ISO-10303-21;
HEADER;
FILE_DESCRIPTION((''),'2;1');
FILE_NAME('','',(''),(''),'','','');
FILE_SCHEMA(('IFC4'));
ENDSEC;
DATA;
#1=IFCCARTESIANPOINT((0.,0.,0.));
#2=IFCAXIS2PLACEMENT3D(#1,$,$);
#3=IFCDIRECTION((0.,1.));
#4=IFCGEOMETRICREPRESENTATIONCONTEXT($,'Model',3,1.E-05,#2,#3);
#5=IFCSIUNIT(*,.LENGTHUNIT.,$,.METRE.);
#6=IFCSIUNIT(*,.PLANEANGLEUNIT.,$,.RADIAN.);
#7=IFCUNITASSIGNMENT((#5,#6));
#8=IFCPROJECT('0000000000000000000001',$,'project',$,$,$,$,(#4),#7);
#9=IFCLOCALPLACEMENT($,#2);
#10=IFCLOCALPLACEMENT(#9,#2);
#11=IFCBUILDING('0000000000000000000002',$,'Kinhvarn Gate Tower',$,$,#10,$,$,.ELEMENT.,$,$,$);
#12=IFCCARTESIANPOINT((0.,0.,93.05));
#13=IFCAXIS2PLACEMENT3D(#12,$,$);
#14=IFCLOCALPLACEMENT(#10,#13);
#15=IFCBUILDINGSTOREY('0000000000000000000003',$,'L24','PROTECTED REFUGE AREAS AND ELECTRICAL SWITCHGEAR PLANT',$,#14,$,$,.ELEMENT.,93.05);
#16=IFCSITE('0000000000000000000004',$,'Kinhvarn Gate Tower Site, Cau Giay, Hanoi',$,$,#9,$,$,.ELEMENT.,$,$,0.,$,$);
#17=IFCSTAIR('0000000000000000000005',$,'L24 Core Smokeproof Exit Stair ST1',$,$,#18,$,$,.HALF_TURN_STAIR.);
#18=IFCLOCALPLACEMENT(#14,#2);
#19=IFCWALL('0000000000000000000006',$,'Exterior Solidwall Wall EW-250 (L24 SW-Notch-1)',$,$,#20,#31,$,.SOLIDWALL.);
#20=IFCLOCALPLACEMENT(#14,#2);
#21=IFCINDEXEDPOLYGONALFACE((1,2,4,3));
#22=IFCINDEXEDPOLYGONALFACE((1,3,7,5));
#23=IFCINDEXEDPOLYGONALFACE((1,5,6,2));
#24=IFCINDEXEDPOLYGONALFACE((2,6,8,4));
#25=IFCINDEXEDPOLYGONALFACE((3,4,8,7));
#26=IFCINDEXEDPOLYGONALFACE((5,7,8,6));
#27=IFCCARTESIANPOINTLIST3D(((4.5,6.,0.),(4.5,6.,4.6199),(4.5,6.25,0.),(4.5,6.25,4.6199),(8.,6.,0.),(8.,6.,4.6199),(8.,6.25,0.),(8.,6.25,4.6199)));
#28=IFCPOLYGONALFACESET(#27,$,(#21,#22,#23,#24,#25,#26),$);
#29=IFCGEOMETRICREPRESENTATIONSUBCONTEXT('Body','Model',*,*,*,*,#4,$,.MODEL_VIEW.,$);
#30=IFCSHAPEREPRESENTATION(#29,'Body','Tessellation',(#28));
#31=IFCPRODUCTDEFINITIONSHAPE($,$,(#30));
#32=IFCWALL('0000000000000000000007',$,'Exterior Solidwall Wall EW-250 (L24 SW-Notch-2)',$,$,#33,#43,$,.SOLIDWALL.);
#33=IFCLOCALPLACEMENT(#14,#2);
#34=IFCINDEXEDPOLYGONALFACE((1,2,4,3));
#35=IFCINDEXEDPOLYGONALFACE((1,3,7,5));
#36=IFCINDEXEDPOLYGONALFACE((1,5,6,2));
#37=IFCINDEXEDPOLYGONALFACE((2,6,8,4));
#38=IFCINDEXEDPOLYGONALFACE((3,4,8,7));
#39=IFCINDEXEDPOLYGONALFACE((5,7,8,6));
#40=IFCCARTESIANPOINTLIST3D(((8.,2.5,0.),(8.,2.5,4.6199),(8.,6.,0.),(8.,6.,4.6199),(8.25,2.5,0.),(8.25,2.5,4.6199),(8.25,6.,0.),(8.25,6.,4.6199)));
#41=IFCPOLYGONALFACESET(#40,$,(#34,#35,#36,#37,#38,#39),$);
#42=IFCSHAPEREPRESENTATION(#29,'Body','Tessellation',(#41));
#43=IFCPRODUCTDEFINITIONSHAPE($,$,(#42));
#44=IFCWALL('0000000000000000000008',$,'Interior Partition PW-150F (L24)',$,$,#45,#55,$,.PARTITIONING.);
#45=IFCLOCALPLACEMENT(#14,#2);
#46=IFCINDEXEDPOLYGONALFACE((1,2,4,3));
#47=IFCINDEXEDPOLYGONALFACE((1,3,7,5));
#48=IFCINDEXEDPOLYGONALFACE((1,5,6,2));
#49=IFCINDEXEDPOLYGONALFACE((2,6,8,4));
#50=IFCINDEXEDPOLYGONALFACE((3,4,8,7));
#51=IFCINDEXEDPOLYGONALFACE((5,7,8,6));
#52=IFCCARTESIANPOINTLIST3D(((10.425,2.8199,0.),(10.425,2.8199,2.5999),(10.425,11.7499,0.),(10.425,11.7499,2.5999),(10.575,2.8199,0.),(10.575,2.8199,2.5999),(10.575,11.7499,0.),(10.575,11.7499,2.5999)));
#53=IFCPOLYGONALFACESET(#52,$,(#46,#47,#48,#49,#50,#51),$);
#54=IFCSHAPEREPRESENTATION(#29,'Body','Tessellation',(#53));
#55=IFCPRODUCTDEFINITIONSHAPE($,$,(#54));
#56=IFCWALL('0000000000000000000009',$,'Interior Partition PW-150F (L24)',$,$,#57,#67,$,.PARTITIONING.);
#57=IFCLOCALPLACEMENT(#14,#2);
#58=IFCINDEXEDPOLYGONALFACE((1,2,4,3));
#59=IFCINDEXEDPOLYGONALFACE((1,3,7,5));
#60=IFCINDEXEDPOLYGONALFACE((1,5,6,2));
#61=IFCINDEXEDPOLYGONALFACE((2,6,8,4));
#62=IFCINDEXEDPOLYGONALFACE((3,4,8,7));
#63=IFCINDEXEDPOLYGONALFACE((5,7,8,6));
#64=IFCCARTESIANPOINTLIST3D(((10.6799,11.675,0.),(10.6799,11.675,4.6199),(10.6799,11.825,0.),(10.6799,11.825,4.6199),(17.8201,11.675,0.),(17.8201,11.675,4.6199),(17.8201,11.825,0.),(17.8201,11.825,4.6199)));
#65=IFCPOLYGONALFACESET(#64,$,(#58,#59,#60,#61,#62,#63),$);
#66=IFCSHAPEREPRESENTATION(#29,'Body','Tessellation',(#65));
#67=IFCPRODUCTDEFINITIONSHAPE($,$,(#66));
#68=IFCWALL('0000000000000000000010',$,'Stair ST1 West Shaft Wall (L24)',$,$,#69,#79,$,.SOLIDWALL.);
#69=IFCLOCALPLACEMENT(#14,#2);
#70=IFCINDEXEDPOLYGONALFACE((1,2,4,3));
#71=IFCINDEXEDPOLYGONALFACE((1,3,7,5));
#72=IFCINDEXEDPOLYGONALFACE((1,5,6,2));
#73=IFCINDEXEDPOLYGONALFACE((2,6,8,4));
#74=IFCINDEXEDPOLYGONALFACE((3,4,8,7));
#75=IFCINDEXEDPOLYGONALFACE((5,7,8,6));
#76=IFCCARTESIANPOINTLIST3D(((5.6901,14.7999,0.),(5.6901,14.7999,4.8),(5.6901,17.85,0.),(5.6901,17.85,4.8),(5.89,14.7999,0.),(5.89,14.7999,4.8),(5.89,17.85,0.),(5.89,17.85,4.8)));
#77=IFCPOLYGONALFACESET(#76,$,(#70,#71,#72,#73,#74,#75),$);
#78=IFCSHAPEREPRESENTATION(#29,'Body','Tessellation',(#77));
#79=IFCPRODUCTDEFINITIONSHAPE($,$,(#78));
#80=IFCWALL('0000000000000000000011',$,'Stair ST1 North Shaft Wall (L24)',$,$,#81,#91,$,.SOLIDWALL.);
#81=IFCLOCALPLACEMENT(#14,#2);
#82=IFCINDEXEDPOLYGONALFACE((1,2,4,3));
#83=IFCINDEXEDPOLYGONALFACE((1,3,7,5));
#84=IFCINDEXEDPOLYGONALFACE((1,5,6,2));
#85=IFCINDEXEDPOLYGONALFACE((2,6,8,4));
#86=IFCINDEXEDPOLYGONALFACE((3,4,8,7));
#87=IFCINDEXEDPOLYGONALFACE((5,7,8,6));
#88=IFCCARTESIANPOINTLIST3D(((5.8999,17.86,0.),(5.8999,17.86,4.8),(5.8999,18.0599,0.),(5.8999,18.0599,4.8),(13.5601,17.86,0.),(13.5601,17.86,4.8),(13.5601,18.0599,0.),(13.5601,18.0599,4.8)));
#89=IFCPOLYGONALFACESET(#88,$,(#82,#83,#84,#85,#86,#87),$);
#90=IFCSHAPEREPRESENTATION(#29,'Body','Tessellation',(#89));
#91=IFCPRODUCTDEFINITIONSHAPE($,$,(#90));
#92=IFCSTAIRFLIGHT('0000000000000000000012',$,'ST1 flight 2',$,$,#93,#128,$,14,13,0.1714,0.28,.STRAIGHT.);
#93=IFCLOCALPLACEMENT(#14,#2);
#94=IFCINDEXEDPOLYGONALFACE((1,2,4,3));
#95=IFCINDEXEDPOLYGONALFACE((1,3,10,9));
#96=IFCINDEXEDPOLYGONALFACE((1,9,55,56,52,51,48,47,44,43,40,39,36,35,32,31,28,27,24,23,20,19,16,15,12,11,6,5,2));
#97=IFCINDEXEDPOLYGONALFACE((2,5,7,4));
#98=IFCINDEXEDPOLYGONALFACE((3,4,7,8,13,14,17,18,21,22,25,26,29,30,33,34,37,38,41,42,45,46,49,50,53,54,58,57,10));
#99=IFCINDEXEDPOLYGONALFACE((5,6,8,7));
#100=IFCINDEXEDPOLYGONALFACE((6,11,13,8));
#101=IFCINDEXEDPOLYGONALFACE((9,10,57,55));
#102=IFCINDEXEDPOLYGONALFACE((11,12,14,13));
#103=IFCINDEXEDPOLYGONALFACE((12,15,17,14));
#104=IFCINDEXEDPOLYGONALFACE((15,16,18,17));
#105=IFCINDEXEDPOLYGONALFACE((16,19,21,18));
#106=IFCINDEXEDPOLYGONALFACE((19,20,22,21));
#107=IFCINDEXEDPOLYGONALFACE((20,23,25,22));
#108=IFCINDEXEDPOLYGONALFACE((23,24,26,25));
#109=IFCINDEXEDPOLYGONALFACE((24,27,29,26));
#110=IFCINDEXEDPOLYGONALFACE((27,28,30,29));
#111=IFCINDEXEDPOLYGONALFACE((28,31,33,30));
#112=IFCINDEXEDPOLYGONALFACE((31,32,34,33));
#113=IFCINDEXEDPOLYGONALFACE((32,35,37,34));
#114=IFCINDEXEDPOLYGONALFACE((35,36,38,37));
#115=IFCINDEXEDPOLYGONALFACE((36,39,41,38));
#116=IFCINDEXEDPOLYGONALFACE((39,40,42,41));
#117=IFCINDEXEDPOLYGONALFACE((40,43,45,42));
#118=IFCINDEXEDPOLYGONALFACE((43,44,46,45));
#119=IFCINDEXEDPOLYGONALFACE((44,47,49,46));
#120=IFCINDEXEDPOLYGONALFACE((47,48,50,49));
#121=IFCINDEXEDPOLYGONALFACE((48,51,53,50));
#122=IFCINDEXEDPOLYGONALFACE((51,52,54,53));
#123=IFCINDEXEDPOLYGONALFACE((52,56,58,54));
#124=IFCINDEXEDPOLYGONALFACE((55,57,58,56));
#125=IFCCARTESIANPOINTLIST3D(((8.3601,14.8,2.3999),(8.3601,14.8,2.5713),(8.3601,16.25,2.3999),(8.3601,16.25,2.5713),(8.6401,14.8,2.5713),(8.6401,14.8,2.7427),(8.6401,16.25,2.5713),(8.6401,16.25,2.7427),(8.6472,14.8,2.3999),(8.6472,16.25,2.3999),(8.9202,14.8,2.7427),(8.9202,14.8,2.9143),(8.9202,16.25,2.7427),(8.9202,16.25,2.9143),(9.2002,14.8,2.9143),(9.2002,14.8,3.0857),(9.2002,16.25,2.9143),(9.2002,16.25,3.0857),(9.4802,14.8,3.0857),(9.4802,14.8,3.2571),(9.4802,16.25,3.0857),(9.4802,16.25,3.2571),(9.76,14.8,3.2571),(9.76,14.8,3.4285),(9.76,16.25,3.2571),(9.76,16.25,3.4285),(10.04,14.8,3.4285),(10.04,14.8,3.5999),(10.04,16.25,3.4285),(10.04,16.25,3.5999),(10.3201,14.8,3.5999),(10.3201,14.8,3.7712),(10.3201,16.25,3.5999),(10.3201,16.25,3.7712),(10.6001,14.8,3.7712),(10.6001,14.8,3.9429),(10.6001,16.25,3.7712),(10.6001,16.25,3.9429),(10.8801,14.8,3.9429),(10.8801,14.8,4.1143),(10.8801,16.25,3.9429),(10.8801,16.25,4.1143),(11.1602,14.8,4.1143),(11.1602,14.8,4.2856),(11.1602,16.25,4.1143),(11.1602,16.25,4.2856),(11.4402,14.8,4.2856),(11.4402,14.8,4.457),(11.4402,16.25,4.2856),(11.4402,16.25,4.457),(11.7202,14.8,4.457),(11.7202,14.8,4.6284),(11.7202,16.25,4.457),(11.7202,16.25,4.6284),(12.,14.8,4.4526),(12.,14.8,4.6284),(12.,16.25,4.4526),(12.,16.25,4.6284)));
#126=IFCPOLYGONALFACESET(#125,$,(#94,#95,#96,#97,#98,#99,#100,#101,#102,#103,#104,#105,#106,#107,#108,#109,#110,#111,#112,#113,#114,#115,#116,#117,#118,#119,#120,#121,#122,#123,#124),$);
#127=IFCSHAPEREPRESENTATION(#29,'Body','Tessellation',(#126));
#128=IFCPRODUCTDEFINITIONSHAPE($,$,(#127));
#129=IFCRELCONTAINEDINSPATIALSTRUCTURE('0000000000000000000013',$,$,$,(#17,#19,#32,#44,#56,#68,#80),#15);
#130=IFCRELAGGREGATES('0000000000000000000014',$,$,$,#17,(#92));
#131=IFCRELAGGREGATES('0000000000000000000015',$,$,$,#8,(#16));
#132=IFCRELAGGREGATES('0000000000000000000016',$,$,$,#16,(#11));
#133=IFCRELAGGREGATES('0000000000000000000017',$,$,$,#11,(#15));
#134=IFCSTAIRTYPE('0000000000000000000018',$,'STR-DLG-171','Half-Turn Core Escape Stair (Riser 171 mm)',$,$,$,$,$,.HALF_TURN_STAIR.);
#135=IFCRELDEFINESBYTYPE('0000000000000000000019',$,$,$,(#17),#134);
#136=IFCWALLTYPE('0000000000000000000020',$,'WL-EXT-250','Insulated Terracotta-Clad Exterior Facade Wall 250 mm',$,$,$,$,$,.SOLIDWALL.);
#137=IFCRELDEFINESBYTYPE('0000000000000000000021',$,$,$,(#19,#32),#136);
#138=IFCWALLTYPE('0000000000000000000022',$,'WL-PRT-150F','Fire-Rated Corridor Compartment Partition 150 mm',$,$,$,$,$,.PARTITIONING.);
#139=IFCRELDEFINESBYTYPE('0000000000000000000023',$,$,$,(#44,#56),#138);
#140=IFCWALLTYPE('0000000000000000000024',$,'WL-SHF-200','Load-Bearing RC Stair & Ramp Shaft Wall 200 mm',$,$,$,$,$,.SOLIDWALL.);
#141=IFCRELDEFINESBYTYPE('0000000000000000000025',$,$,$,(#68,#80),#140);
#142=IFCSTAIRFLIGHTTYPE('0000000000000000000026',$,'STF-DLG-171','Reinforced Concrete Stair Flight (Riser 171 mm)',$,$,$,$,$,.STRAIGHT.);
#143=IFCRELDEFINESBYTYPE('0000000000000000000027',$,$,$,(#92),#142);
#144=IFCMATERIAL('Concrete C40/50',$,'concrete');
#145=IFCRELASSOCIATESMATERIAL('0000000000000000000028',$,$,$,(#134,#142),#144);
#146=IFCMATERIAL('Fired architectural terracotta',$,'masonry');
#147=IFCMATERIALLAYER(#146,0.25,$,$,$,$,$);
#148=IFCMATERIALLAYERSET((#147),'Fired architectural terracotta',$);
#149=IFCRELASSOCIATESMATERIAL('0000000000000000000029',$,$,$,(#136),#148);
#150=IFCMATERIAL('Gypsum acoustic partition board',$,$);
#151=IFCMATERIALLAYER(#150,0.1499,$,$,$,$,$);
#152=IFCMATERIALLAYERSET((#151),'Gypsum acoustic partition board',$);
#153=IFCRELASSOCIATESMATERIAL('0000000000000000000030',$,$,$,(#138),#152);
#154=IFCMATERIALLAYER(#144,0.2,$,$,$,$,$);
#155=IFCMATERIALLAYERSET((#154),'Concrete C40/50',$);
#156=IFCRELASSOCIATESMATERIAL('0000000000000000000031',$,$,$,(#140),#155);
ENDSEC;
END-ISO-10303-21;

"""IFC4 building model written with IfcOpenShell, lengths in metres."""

from ifc_helpers import new_model, si_unit, direction, frame, frame_2d, origin, place, context, subcontext, project, spatial, polyline, rectangle, outline, extrude, material, layer, layer_set, type_object, element, aggregate, save


model = new_model("IFC4")

# Units and contexts
model_context = context("Model", 3, precision=1e-05, world=origin(), true_north=direction((0.0, 1.0)))
body_context = subcontext(model_context, "Body", "Model", "MODEL_VIEW")
ifc_project = project(units=[si_unit("LENGTHUNIT", "METRE"), si_unit("PLANEANGLEUNIT", "RADIAN")], contexts=[model_context])

# Site, building, storey
site_placement = place(None, origin())
site = spatial("IfcSite", under=ifc_project, at=site_placement, Name="Kinhvarn Gate Tower Site, Cau Giay, Hanoi", CompositionType="ELEMENT", RefElevation=0.0)
building_placement = place(site_placement, origin())
building = spatial("IfcBuilding", under=site, at=building_placement, Name="Kinhvarn Gate Tower", CompositionType="ELEMENT")
storey_placement = place(building_placement, frame((0.0, 0.0, 93.05)))
storey = spatial("IfcBuildingStorey", under=building, at=storey_placement, Name="L24", Description="PROTECTED REFUGE AREAS AND ELECTRICAL SWITCHGEAR PLANT", CompositionType="ELEMENT", Elevation=93.05)

# Shared definitions
ifc_material_1 = material(Name="Fired architectural terracotta", Category="masonry")

# Stair
ifc_material_2 = material(Name="Concrete C40/50", Category="concrete")
stair_type = type_object("IfcStairType", Name="STR-DLG-171", Description="Half-Turn Core Escape Stair (Riser 171 mm)", PredefinedType="HALF_TURN_STAIR", material=ifc_material_2)
stair_1_placement = place(storey_placement, origin())
stair_1 = element("IfcStair", 1, at=stair_1_placement, inside=storey, type_object=stair_type, Name="L24 Core Smokeproof Exit Stair ST1", PredefinedType="HALF_TURN_STAIR")

# Walls
ifc_layer_1 = layer(ifc_material_1, 0.25)
ifc_layer_set_1 = layer_set([ifc_layer_1], Name="Fired architectural terracotta")
wall_type_1 = type_object("IfcWallType", Name="WL-EXT-250", Description="Insulated Terracotta-Clad Exterior Facade Wall 250 mm", PredefinedType="SOLIDWALL", material=ifc_layer_set_1)
for number, where, z_axis, x_axis, name in (
    (2, (4.5, 6.125, 0.0), (0.0, 0.0, 1.0), (1.0, 0.0, 0.0), "Exterior Solidwall Wall EW-250 (L24 SW-Notch-1)"),
    (3, (8.125, 6.0, 0.0), (0.0, 0.0, 1.0), (0.0, -1.0, 0.0), "Exterior Solidwall Wall EW-250 (L24 SW-Notch-2)"),
):
    element("IfcWall", number, at=place(storey_placement, frame(where, z_axis=z_axis, x_axis=x_axis)), inside=storey, type_object=wall_type_1, Name=name, PredefinedType="SOLIDWALL", context=body_context, shape_type="SweptSolid", body=[
        extrude(rectangle(XDim=3.5, YDim=0.25, at=frame_2d((1.75, 0.0))), origin(), (0.0, 0.0, 1.0), 4.6199),
    ])
ifc_material_3 = material(Name="Gypsum acoustic partition board")
ifc_layer_2 = layer(ifc_material_3, 0.1499)
ifc_layer_set_2 = layer_set([ifc_layer_2], Name="Gypsum acoustic partition board")
wall_type_2 = type_object("IfcWallType", Name="WL-PRT-150F", Description="Fire-Rated Corridor Compartment Partition 150 mm", PredefinedType="PARTITIONING", material=ifc_layer_set_2)
wall_1_placement = place(storey_placement, frame((10.5, 2.8201, 0.0), z_axis=(0.0, 0.0, 1.0), x_axis=(0.0, 1.0, 0.0)))
element("IfcWall", 4, at=wall_1_placement, inside=storey, type_object=wall_type_2, Name="Interior Partition PW-150F (L24)", PredefinedType="PARTITIONING", context=body_context, shape_type="SweptSolid", body=[
    extrude(rectangle(XDim=8.9299, YDim=0.1499, at=frame_2d((4.4648, 0.0))), origin(), (0.0, 0.0, 1.0), 2.5999),
])
wall_2_placement = place(storey_placement, frame((10.6799, 11.75, 0.0), z_axis=(0.0, 0.0, 1.0), x_axis=(1.0, 0.0, 0.0)))
element("IfcWall", 5, at=wall_2_placement, inside=storey, type_object=wall_type_2, Name="Interior Partition PW-150F (L24)", PredefinedType="PARTITIONING", context=body_context, shape_type="SweptSolid", body=[
    extrude(rectangle(XDim=7.1401, YDim=0.1499, at=frame_2d((3.5701, 0.0))), origin(), (0.0, 0.0, 1.0), 4.6199),
])
ifc_layer_3 = layer(ifc_material_2, 0.2)
ifc_layer_set_3 = layer_set([ifc_layer_3], Name="Concrete C40/50")
wall_type_3 = type_object("IfcWallType", Name="WL-SHF-200", Description="Load-Bearing RC Stair & Ramp Shaft Wall 200 mm", PredefinedType="SOLIDWALL", material=ifc_layer_set_3)
wall_3_placement = place(storey_placement, frame((5.79, 14.8, 0.0), z_axis=(0.0, 0.0, 1.0), x_axis=(0.0, 1.0, 0.0)))
element("IfcWall", 6, at=wall_3_placement, inside=storey, type_object=wall_type_3, Name="Stair ST1 West Shaft Wall (L24)", PredefinedType="SOLIDWALL", context=body_context, shape_type="SweptSolid", body=[
    extrude(rectangle(XDim=3.05, YDim=0.2, at=frame_2d((1.5249, 0.0))), origin(), (0.0, 0.0, 1.0), 4.8),
])
wall_4_placement = place(storey_placement, frame((5.8999, 17.96, 0.0), z_axis=(0.0, 0.0, 1.0), x_axis=(1.0, 0.0, 0.0)))
element("IfcWall", 7, at=wall_4_placement, inside=storey, type_object=wall_type_3, Name="Stair ST1 North Shaft Wall (L24)", PredefinedType="SOLIDWALL", context=body_context, shape_type="SweptSolid", body=[
    extrude(rectangle(XDim=7.6602, YDim=0.2, at=frame_2d((3.8301, 0.0))), origin(), (0.0, 0.0, 1.0), 4.8),
])

# Stair flight
stair_flight_type = type_object("IfcStairFlightType", Name="STF-DLG-171", Description="Reinforced Concrete Stair Flight (Riser 171 mm)", PredefinedType="STRAIGHT", material=ifc_material_2)
stair_flight_placement = place(storey_placement, frame((8.3601, 15.5249, 2.3999), z_axis=(0.0, 0.0, 1.0), x_axis=(1.0, 0.0, 0.0)))
stair_flight = element("IfcStairFlight", 8, at=stair_flight_placement, type_object=stair_flight_type, Name="ST1 flight 2", NumberOfRisers=14, NumberOfTreads=13, PredefinedType="STRAIGHT", RiserHeight=0.1714, TreadLength=0.28, context=body_context, shape_type="SweptSolid", body=[
    extrude(outline(polyline([(0.0, 0.0), (0.0, 0.1714), (0.28, 0.1714), (0.28, 0.3428), (0.5601, 0.3428), (0.5601, 0.5144), (0.8401, 0.5144), (0.8401, 0.6858), (1.1201, 0.6858), (1.1201, 0.8572), (1.3999, 0.8572), (1.3999, 1.0286), (1.6799, 1.0286), (1.6799, 1.2), (1.96, 1.2), (1.96, 1.3713), (2.24, 1.3713), (2.24, 1.543), (2.52, 1.543), (2.52, 1.7144), (2.8, 1.7144), (2.8, 1.8857), (3.0801, 1.8857), (3.0801, 2.0571), (3.3601, 2.0571), (3.3601, 2.2285), (3.6399, 2.2285), (3.6399, 2.3999), (3.6399, 2.0527), (0.2871, 0.0), (0.0, 0.0)])), frame((0.0, 0.7251, 0.0), z_axis=(0.0, -1.0, 0.0), x_axis=(1.0, 0.0, 0.0)), (0.0, 0.0, 1.0), 1.45),
])
aggregate(stair_1, [stair_flight])

save(model, "model.ifc")
